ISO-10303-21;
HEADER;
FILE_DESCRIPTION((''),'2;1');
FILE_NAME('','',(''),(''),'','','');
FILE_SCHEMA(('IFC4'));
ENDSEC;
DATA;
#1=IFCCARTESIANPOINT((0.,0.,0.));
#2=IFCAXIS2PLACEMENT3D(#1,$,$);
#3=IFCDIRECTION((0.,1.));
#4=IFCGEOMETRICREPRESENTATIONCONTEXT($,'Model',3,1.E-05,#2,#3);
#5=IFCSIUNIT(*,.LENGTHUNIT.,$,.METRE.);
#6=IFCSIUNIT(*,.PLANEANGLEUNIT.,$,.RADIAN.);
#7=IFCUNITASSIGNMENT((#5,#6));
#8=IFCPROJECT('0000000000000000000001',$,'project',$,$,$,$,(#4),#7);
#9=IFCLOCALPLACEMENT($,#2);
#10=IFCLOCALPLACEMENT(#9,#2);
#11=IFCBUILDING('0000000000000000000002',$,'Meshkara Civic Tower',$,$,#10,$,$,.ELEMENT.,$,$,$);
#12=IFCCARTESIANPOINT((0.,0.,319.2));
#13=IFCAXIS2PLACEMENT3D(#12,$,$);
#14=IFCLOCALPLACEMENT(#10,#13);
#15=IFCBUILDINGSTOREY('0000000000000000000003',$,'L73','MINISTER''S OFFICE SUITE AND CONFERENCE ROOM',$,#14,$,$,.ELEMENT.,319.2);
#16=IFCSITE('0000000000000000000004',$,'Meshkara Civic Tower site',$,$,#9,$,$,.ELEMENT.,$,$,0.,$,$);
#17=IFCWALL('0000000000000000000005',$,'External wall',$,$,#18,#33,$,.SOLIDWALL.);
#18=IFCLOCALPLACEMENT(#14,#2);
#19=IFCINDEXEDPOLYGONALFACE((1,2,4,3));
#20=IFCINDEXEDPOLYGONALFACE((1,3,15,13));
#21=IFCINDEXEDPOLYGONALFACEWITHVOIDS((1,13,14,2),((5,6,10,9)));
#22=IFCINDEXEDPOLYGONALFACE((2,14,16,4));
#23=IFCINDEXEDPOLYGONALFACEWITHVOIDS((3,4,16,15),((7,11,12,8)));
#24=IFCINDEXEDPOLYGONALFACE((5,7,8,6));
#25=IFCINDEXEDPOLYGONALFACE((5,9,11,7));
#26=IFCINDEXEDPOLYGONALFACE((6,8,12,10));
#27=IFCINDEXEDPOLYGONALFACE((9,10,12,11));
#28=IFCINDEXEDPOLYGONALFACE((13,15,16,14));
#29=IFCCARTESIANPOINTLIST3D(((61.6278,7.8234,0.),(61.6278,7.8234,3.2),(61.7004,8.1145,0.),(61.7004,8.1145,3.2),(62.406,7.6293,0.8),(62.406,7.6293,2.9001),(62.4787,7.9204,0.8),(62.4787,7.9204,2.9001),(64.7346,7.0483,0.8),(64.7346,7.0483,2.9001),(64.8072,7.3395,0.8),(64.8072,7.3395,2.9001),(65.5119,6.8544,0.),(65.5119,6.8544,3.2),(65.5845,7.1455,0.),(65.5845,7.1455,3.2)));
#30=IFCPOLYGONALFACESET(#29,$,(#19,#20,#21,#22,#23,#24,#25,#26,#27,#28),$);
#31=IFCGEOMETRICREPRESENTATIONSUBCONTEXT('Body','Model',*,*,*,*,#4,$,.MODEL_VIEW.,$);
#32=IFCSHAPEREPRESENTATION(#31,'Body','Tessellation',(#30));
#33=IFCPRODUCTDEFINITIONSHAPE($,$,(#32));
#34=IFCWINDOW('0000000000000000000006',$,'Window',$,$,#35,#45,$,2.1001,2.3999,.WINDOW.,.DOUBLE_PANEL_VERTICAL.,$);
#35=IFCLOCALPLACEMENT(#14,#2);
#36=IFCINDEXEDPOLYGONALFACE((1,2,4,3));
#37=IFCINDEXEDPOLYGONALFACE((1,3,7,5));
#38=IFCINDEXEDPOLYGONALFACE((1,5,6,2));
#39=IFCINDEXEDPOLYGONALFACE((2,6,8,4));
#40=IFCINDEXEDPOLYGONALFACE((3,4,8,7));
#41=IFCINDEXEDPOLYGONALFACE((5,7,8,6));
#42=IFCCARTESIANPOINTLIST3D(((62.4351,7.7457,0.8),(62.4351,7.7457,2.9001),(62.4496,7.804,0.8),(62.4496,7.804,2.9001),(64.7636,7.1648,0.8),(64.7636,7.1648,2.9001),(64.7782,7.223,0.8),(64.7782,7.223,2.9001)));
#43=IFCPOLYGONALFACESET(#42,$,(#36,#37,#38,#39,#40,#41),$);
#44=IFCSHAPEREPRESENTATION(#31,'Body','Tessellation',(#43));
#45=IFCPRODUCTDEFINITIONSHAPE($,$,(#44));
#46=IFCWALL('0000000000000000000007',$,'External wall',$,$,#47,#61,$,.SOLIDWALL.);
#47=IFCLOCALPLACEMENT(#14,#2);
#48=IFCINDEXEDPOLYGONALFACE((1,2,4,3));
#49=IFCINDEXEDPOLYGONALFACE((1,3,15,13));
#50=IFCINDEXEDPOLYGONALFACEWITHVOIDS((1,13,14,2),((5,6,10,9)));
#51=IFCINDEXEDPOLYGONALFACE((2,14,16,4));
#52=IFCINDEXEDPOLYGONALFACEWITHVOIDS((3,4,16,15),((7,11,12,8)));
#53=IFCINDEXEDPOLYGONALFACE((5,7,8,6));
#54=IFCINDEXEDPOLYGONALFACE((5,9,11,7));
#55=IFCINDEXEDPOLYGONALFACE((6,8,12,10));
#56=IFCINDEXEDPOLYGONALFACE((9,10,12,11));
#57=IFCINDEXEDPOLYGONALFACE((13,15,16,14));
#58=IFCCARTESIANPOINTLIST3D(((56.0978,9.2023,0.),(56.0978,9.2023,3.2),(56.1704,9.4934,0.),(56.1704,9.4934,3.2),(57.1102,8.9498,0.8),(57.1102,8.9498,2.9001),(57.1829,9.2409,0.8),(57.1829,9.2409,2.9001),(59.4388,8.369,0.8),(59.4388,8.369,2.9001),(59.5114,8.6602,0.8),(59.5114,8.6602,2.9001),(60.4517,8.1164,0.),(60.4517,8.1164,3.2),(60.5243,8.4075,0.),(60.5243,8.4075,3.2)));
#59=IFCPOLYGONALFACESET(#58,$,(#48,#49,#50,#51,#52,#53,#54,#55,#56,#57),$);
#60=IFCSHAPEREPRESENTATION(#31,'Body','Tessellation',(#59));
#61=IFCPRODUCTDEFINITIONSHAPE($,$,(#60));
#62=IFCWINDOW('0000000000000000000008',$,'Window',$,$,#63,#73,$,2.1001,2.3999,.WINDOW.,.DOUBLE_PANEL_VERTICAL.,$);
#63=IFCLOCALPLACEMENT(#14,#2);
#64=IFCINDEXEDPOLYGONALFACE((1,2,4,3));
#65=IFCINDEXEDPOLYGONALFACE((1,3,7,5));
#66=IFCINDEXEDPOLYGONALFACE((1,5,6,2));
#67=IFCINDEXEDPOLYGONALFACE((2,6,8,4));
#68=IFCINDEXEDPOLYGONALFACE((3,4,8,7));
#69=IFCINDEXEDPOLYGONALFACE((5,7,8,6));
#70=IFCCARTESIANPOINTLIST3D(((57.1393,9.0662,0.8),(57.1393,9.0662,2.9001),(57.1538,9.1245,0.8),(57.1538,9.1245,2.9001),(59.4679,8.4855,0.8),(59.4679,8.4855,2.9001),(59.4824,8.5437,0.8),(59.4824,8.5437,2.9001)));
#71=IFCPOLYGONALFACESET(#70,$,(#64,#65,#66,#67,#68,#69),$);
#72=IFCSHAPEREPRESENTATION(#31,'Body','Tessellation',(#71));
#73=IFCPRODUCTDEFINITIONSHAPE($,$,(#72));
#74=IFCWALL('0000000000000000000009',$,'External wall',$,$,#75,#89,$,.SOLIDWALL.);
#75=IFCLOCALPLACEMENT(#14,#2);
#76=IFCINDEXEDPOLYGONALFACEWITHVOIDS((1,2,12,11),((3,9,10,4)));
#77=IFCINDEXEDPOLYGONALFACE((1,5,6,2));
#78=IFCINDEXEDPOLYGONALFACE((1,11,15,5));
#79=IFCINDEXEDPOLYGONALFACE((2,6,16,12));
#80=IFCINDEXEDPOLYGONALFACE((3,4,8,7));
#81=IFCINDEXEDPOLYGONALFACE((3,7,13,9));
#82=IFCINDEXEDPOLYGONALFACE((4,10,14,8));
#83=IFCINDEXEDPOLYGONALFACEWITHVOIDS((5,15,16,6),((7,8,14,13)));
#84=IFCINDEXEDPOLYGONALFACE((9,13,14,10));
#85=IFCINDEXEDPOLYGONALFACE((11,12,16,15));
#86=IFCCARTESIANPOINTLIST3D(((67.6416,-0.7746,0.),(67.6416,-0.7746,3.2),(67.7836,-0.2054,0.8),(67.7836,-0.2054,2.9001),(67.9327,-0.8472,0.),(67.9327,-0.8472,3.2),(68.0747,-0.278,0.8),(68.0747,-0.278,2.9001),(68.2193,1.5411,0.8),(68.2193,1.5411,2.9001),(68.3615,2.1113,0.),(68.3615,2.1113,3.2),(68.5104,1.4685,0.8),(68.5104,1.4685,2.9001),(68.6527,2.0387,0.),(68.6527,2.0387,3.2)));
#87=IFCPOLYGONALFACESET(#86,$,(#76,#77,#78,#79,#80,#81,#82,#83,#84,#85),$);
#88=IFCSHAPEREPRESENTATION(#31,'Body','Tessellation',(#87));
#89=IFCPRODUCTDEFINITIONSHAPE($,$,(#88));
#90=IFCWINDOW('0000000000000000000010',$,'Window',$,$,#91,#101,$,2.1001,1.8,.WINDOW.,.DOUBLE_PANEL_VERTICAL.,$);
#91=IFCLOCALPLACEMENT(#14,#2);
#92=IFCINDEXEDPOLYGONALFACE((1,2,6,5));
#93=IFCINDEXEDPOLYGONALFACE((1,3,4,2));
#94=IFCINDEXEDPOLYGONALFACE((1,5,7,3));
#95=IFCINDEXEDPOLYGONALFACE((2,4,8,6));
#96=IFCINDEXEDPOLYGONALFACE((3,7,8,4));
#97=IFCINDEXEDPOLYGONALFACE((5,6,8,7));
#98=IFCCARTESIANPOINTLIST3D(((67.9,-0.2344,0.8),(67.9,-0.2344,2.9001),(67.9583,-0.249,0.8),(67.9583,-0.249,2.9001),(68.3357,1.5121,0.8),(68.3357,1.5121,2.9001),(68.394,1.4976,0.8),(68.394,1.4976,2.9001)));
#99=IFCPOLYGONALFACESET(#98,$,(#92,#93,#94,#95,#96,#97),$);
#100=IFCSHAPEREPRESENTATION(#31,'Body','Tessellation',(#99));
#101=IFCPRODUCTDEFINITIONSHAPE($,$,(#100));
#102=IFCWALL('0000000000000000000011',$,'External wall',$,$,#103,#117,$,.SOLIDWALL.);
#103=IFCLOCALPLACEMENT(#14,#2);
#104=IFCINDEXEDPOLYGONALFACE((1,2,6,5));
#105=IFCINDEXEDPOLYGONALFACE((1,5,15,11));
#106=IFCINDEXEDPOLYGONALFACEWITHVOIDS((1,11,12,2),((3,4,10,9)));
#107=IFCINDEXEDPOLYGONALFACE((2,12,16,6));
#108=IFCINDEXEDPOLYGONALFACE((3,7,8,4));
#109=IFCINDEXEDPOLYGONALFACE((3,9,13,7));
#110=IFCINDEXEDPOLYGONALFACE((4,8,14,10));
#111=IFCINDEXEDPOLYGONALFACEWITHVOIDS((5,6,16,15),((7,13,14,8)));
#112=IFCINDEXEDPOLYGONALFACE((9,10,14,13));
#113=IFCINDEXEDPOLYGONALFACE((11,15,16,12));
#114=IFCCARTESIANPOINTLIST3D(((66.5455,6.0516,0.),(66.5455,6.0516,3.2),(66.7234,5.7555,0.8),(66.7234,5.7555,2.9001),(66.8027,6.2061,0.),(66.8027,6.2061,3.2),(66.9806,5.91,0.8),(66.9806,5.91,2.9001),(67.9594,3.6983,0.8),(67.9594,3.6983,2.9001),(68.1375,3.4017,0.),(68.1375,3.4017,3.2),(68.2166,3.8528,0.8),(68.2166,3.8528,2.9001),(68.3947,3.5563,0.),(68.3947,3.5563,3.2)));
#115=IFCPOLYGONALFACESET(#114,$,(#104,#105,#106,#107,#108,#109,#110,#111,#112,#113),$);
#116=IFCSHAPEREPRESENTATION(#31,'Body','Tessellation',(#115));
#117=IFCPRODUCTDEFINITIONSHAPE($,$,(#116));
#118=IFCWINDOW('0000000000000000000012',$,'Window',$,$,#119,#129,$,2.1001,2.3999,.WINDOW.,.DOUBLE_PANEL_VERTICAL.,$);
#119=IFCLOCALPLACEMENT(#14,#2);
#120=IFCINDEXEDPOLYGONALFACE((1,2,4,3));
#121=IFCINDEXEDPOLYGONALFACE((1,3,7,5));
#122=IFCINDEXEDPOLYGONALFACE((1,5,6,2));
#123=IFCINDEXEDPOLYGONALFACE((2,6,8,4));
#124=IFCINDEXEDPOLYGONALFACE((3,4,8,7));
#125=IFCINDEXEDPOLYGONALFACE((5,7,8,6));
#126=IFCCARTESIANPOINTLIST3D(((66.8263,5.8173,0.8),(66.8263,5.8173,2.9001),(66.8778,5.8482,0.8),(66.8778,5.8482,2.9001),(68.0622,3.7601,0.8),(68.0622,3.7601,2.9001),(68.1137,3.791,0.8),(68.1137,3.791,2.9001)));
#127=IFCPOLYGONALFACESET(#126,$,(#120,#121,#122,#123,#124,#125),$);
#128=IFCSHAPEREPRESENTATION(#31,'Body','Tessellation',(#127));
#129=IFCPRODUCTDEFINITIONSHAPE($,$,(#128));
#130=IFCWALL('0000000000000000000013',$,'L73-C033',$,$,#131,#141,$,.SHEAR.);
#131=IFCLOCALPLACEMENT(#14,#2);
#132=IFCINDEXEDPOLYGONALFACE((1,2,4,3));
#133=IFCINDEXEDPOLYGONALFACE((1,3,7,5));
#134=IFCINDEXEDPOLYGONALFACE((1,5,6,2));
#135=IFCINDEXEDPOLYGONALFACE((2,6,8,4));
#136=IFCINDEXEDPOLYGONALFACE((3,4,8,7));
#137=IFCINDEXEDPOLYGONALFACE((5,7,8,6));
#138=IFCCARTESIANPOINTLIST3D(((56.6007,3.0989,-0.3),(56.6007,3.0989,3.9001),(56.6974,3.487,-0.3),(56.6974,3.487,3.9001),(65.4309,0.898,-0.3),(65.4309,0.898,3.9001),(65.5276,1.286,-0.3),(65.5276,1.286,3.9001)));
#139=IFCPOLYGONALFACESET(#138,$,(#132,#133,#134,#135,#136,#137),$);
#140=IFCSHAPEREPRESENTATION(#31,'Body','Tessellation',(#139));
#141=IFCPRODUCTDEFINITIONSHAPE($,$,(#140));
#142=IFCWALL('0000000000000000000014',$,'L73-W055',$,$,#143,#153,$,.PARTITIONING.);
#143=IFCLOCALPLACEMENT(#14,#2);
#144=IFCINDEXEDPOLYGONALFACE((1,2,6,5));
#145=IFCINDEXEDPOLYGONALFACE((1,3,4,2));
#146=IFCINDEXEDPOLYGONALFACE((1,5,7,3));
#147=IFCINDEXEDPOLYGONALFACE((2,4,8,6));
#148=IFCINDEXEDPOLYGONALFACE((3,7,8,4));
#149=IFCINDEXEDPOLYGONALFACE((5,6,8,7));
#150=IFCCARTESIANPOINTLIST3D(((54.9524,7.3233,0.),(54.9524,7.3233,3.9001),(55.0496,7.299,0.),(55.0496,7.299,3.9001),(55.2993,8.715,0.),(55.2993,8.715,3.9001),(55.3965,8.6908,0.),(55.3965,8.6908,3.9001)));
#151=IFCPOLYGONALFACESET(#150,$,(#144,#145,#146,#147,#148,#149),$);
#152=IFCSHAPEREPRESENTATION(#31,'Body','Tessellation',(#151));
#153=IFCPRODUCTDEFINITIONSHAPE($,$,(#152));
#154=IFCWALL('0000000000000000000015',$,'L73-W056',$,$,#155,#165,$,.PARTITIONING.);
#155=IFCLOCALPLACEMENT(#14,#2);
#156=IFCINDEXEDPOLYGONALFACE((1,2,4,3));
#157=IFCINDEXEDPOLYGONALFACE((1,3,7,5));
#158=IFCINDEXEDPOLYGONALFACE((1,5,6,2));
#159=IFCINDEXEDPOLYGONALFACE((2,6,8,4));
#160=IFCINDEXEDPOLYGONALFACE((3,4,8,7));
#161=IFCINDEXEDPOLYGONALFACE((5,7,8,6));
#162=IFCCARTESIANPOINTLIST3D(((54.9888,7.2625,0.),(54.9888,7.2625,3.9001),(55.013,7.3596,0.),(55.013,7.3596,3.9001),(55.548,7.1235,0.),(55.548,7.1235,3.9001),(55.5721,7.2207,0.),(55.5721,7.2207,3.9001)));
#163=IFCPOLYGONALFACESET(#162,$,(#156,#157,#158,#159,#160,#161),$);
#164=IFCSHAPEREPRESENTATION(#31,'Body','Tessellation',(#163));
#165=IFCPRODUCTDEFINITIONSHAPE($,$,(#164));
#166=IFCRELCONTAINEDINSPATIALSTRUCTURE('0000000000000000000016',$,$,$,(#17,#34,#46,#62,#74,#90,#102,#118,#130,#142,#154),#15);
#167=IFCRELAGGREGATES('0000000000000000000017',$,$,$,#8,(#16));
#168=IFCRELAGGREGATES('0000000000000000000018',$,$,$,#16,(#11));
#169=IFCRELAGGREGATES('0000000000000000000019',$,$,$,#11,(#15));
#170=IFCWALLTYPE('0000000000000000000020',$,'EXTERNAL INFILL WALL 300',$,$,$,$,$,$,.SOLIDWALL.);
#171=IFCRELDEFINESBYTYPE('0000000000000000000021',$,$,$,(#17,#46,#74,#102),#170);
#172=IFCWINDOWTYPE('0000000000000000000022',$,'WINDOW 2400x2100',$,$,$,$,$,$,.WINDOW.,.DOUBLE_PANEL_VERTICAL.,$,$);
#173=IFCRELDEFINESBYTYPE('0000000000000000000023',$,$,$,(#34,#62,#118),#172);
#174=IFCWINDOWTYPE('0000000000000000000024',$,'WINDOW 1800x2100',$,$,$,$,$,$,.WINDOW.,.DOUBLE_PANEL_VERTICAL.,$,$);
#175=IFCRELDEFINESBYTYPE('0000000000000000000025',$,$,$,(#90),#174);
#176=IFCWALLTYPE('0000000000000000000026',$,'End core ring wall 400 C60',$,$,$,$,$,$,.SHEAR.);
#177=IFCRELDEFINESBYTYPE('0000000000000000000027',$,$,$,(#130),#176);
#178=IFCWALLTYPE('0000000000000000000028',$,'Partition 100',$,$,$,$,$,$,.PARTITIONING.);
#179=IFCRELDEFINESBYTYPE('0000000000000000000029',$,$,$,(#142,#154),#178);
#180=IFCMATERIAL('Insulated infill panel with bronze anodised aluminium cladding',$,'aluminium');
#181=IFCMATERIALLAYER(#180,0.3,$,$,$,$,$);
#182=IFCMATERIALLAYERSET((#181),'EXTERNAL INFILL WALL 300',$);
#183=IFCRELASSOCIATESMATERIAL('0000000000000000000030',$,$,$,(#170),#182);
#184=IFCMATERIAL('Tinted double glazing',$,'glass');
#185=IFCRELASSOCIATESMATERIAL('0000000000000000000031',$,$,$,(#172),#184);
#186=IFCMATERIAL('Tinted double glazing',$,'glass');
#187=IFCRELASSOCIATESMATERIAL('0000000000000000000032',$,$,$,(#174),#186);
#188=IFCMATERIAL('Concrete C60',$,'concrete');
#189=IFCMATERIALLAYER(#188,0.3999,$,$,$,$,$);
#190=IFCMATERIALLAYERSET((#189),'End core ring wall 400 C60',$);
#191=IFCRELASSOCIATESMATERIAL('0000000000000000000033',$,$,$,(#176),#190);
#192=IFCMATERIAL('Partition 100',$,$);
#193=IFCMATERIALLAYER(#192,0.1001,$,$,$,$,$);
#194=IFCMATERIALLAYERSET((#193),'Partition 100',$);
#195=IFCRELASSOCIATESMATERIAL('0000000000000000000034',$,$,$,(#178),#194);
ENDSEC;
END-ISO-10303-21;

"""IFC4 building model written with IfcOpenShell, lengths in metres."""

from ifc_helpers import new_model, si_unit, direction, frame, frame_2d, origin, place, context, subcontext, project, spatial, rectangle, extrude, material, layer, layer_set, type_object, element, fill, save


model = new_model("IFC4")

# Units and contexts
model_context = context("Model", 3, precision=1e-05, world=origin(), true_north=direction((0.0, 1.0)))
body_context = subcontext(model_context, "Body", "Model", "MODEL_VIEW")
ifc_project = project(units=[si_unit("LENGTHUNIT", "METRE"), si_unit("PLANEANGLEUNIT", "RADIAN")], contexts=[model_context])

# Site, building, storey
site_placement = place(None, origin())
site = spatial("IfcSite", under=ifc_project, at=site_placement, Name="Meshkara Civic Tower site", CompositionType="ELEMENT", RefElevation=0.0)
building_placement = place(site_placement, origin())
building = spatial("IfcBuilding", under=site, at=building_placement, Name="Meshkara Civic Tower", CompositionType="ELEMENT")
storey_placement = place(building_placement, frame((0.0, 0.0, 319.2)))
storey = spatial("IfcBuildingStorey", under=building, at=storey_placement, Name="L73", Description="MINISTER'S OFFICE SUITE AND CONFERENCE ROOM", CompositionType="ELEMENT", Elevation=319.2)

# Walls, openings, windows
ifc_material_1 = material(Name="Insulated infill panel with bronze anodised aluminium cladding", Category="aluminium")
ifc_layer_1 = layer(ifc_material_1, 0.3)
ifc_layer_set_1 = layer_set([ifc_layer_1], Name="EXTERNAL INFILL WALL 300")
wall_type_1 = type_object("IfcWallType", Name="EXTERNAL INFILL WALL 300", PredefinedType="SOLIDWALL", material=ifc_layer_set_1)
wall_1_placement = place(storey_placement, frame((65.5481, 7.0, 0.0), z_axis=(0.0, 0.0, 1.0), x_axis=(-0.970261, 0.242062, 0.0)))
wall_1 = element("IfcWall", 1, at=wall_1_placement, inside=storey, type_object=wall_type_1, Name="External wall", PredefinedType="SOLIDWALL", context=body_context, shape_type="SweptSolid", body=[
    extrude(rectangle(XDim=4.0032, YDim=0.3, at=frame_2d((2.0015, 0.0))), origin(), (0.0, 0.0, 1.0), 3.2),
])
opening_1_placement = place(wall_1_placement, frame((0.801, 0.0, 0.8)))
opening_1 = element("IfcOpeningElement", 2, at=opening_1_placement, cuts=wall_1, PredefinedType="OPENING", context=body_context, shape_type="SweptSolid", body=[
    extrude(rectangle(XDim=2.3999, YDim=2.1001, at=frame_2d((1.2, 1.05))), frame((0.0, 0.1599, 0.0), z_axis=(0.0, -1.0, 0.0), x_axis=(1.0, 0.0, 0.0)), (0.0, 0.0, 1.0), 0.3201),
])
ifc_material_2 = material(Name="Tinted double glazing", Category="glass")
window_type_1 = type_object("IfcWindowType", Name="WINDOW 2400x2100", PartitioningType="DOUBLE_PANEL_VERTICAL", PredefinedType="WINDOW", material=ifc_material_2)
window_1_placement = place(opening_1_placement, origin())
window_1 = element("IfcWindow", 3, at=window_1_placement, inside=storey, type_object=window_type_1, Name="Window", OverallHeight=2.1001, OverallWidth=2.3999, PartitioningType="DOUBLE_PANEL_VERTICAL", PredefinedType="WINDOW", context=body_context, shape_type="SweptSolid", body=[
    extrude(rectangle(XDim=2.3999, YDim=2.1001, at=frame_2d((1.2, 1.05))), frame((0.0, 0.03, 0.0), z_axis=(0.0, -1.0, 0.0), x_axis=(1.0, 0.0, 0.0)), (0.0, 0.0, 1.0), 0.0601),
])
fill(opening_1, window_1)
wall_2_placement = place(storey_placement, frame((60.488, 8.262, 0.0), z_axis=(0.0, 0.0, 1.0), x_axis=(-0.970277, 0.241998, 0.0)))
wall_2 = element("IfcWall", 4, at=wall_2_placement, inside=storey, type_object=wall_type_1, Name="External wall", PredefinedType="SOLIDWALL", context=body_context, shape_type="SweptSolid", body=[
    extrude(rectangle(XDim=4.4873, YDim=0.3, at=frame_2d((2.2437, 0.0))), origin(), (0.0, 0.0, 1.0), 3.2),
])
opening_2_placement = place(wall_2_placement, frame((1.0439, 0.0, 0.8)))
opening_2 = element("IfcOpeningElement", 5, at=opening_2_placement, cuts=wall_2, PredefinedType="OPENING", context=body_context, shape_type="SweptSolid", body=[
    extrude(rectangle(XDim=2.3999, YDim=2.1001, at=frame_2d((1.2, 1.05))), frame((0.0, 0.1599, 0.0), z_axis=(0.0, -1.0, 0.0), x_axis=(1.0, 0.0, 0.0)), (0.0, 0.0, 1.0), 0.3201),
])
window_2_placement = place(opening_2_placement, origin())
window_2 = element("IfcWindow", 6, at=window_2_placement, inside=storey, type_object=window_type_1, Name="Window", OverallHeight=2.1001, OverallWidth=2.3999, PartitioningType="DOUBLE_PANEL_VERTICAL", PredefinedType="WINDOW", context=body_context, shape_type="SweptSolid", body=[
    extrude(rectangle(XDim=2.3999, YDim=2.1001, at=frame_2d((1.2, 1.05))), frame((0.0, 0.03, 0.0), z_axis=(0.0, -1.0, 0.0), x_axis=(1.0, 0.0, 0.0)), (0.0, 0.0, 1.0), 0.0601),
])
fill(opening_2, window_2)
wall_3_placement = place(storey_placement, frame((67.7871, -0.811, 0.0), z_axis=(0.0, 0.0, 1.0), x_axis=(0.242053, 0.970263, 0.0)))
wall_3 = element("IfcWall", 7, at=wall_3_placement, inside=storey, type_object=wall_type_1, Name="External wall", PredefinedType="SOLIDWALL", context=body_context, shape_type="SweptSolid", body=[
    extrude(rectangle(XDim=2.9744, YDim=0.3, at=frame_2d((1.4873, 0.0))), origin(), (0.0, 0.0, 1.0), 3.2),
])
opening_3_placement = place(wall_3_placement, frame((0.5869, 0.0, 0.8)))
opening_3 = element("IfcOpeningElement", 8, at=opening_3_placement, cuts=wall_3, PredefinedType="OPENING", context=body_context, shape_type="SweptSolid", body=[
    extrude(rectangle(XDim=1.8, YDim=2.1001, at=frame_2d((0.8999, 1.05))), frame((0.0, 0.1599, 0.0), z_axis=(0.0, -1.0, 0.0), x_axis=(1.0, 0.0, 0.0)), (0.0, 0.0, 1.0), 0.3201),
])
ifc_material_3 = material(Name="Tinted double glazing", Category="glass")
window_type_2 = type_object("IfcWindowType", Name="WINDOW 1800x2100", PartitioningType="DOUBLE_PANEL_VERTICAL", PredefinedType="WINDOW", material=ifc_material_3)
window_3_placement = place(opening_3_placement, origin())
window_3 = element("IfcWindow", 9, at=window_3_placement, inside=storey, type_object=window_type_2, Name="Window", OverallHeight=2.1001, OverallWidth=1.8, PartitioningType="DOUBLE_PANEL_VERTICAL", PredefinedType="WINDOW", context=body_context, shape_type="SweptSolid", body=[
    extrude(rectangle(XDim=1.8, YDim=2.1001, at=frame_2d((0.8999, 1.05))), frame((0.0, 0.03, 0.0), z_axis=(0.0, -1.0, 0.0), x_axis=(1.0, 0.0, 0.0)), (0.0, 0.0, 1.0), 0.0601),
])
fill(opening_3, window_3)
wall_4_placement = place(storey_placement, frame((68.2661, 3.479, 0.0), z_axis=(0.0, 0.0, 1.0), x_axis=(-0.514995, 0.857193, 0.0)))
wall_4 = element("IfcWall", 10, at=wall_4_placement, inside=storey, type_object=wall_type_1, Name="External wall", PredefinedType="SOLIDWALL", context=body_context, shape_type="SweptSolid", body=[
    extrude(rectangle(XDim=3.0913, YDim=0.3, at=frame_2d((1.5457, 0.0))), origin(), (0.0, 0.0, 1.0), 3.2),
])
opening_4_placement = place(wall_4_placement, frame((0.3459, 0.0, 0.8)))
opening_4 = element("IfcOpeningElement", 11, at=opening_4_placement, cuts=wall_4, PredefinedType="OPENING", context=body_context, shape_type="SweptSolid", body=[
    extrude(rectangle(XDim=2.3999, YDim=2.1001, at=frame_2d((1.2, 1.05))), frame((0.0, 0.1599, 0.0), z_axis=(0.0, -1.0, 0.0), x_axis=(1.0, 0.0, 0.0)), (0.0, 0.0, 1.0), 0.3201),
])
window_4_placement = place(opening_4_placement, origin())
window_4 = element("IfcWindow", 12, at=window_4_placement, inside=storey, type_object=window_type_1, Name="Window", OverallHeight=2.1001, OverallWidth=2.3999, PartitioningType="DOUBLE_PANEL_VERTICAL", PredefinedType="WINDOW", context=body_context, shape_type="SweptSolid", body=[
    extrude(rectangle(XDim=2.3999, YDim=2.1001, at=frame_2d((1.2, 1.05))), frame((0.0, 0.03, 0.0), z_axis=(0.0, -1.0, 0.0), x_axis=(1.0, 0.0, 0.0)), (0.0, 0.0, 1.0), 0.0601),
])
fill(opening_4, window_4)

# Walls
ifc_material_4 = material(Name="Concrete C60", Category="concrete")
ifc_layer_2 = layer(ifc_material_4, 0.3999)
ifc_layer_set_2 = layer_set([ifc_layer_2], Name="End core ring wall 400 C60")
wall_type_2 = type_object("IfcWallType", Name="End core ring wall 400 C60", PredefinedType="SHEAR", material=ifc_layer_set_2)
wall_5_placement = place(storey_placement, frame((56.6489, 3.293, -0.3), z_axis=(0.0, 0.0, 1.0), x_axis=(0.970313, -0.241854, 0.0)))
element("IfcWall", 13, at=wall_5_placement, inside=storey, type_object=wall_type_2, Name="L73-C033", PredefinedType="SHEAR", context=body_context, shape_type="SweptSolid", body=[
    extrude(rectangle(XDim=9.1003, YDim=0.3999, at=frame_2d((4.5503, 0.0))), origin(), (0.0, 0.0, 1.0), 4.2002),
])
ifc_material_5 = material(Name="Partition 100")
ifc_layer_3 = layer(ifc_material_5, 0.1001)
ifc_layer_set_3 = layer_set([ifc_layer_3], Name="Partition 100")
wall_type_3 = type_object("IfcWallType", Name="Partition 100", PredefinedType="PARTITIONING", material=ifc_layer_set_3)
wall_6_placement = place(storey_placement, frame((55.001, 7.311, 0.0), z_axis=(0.0, 0.0, 1.0), x_axis=(0.241855, 0.970312, 0.0)))
element("IfcWall", 14, at=wall_6_placement, inside=storey, type_object=wall_type_3, Name="L73-W055", PredefinedType="PARTITIONING", context=body_context, shape_type="SweptSolid", body=[
    extrude(rectangle(XDim=1.4343, YDim=0.1001, at=frame_2d((0.7173, 0.0))), origin(), (0.0, 0.0, 1.0), 3.9001),
])
wall_7_placement = place(storey_placement, frame((55.5601, 7.1721, 0.0), z_axis=(0.0, 0.0, 1.0), x_axis=(-0.970491, 0.241139, 0.0)))
element("IfcWall", 15, at=wall_7_placement, inside=storey, type_object=wall_type_3, Name="L73-W056", PredefinedType="PARTITIONING", context=body_context, shape_type="SweptSolid", body=[
    extrude(rectangle(XDim=0.5762, YDim=0.1001, at=frame_2d((0.2881, 0.0))), origin(), (0.0, 0.0, 1.0), 3.9001),
])

save(model, "model.ifc")
